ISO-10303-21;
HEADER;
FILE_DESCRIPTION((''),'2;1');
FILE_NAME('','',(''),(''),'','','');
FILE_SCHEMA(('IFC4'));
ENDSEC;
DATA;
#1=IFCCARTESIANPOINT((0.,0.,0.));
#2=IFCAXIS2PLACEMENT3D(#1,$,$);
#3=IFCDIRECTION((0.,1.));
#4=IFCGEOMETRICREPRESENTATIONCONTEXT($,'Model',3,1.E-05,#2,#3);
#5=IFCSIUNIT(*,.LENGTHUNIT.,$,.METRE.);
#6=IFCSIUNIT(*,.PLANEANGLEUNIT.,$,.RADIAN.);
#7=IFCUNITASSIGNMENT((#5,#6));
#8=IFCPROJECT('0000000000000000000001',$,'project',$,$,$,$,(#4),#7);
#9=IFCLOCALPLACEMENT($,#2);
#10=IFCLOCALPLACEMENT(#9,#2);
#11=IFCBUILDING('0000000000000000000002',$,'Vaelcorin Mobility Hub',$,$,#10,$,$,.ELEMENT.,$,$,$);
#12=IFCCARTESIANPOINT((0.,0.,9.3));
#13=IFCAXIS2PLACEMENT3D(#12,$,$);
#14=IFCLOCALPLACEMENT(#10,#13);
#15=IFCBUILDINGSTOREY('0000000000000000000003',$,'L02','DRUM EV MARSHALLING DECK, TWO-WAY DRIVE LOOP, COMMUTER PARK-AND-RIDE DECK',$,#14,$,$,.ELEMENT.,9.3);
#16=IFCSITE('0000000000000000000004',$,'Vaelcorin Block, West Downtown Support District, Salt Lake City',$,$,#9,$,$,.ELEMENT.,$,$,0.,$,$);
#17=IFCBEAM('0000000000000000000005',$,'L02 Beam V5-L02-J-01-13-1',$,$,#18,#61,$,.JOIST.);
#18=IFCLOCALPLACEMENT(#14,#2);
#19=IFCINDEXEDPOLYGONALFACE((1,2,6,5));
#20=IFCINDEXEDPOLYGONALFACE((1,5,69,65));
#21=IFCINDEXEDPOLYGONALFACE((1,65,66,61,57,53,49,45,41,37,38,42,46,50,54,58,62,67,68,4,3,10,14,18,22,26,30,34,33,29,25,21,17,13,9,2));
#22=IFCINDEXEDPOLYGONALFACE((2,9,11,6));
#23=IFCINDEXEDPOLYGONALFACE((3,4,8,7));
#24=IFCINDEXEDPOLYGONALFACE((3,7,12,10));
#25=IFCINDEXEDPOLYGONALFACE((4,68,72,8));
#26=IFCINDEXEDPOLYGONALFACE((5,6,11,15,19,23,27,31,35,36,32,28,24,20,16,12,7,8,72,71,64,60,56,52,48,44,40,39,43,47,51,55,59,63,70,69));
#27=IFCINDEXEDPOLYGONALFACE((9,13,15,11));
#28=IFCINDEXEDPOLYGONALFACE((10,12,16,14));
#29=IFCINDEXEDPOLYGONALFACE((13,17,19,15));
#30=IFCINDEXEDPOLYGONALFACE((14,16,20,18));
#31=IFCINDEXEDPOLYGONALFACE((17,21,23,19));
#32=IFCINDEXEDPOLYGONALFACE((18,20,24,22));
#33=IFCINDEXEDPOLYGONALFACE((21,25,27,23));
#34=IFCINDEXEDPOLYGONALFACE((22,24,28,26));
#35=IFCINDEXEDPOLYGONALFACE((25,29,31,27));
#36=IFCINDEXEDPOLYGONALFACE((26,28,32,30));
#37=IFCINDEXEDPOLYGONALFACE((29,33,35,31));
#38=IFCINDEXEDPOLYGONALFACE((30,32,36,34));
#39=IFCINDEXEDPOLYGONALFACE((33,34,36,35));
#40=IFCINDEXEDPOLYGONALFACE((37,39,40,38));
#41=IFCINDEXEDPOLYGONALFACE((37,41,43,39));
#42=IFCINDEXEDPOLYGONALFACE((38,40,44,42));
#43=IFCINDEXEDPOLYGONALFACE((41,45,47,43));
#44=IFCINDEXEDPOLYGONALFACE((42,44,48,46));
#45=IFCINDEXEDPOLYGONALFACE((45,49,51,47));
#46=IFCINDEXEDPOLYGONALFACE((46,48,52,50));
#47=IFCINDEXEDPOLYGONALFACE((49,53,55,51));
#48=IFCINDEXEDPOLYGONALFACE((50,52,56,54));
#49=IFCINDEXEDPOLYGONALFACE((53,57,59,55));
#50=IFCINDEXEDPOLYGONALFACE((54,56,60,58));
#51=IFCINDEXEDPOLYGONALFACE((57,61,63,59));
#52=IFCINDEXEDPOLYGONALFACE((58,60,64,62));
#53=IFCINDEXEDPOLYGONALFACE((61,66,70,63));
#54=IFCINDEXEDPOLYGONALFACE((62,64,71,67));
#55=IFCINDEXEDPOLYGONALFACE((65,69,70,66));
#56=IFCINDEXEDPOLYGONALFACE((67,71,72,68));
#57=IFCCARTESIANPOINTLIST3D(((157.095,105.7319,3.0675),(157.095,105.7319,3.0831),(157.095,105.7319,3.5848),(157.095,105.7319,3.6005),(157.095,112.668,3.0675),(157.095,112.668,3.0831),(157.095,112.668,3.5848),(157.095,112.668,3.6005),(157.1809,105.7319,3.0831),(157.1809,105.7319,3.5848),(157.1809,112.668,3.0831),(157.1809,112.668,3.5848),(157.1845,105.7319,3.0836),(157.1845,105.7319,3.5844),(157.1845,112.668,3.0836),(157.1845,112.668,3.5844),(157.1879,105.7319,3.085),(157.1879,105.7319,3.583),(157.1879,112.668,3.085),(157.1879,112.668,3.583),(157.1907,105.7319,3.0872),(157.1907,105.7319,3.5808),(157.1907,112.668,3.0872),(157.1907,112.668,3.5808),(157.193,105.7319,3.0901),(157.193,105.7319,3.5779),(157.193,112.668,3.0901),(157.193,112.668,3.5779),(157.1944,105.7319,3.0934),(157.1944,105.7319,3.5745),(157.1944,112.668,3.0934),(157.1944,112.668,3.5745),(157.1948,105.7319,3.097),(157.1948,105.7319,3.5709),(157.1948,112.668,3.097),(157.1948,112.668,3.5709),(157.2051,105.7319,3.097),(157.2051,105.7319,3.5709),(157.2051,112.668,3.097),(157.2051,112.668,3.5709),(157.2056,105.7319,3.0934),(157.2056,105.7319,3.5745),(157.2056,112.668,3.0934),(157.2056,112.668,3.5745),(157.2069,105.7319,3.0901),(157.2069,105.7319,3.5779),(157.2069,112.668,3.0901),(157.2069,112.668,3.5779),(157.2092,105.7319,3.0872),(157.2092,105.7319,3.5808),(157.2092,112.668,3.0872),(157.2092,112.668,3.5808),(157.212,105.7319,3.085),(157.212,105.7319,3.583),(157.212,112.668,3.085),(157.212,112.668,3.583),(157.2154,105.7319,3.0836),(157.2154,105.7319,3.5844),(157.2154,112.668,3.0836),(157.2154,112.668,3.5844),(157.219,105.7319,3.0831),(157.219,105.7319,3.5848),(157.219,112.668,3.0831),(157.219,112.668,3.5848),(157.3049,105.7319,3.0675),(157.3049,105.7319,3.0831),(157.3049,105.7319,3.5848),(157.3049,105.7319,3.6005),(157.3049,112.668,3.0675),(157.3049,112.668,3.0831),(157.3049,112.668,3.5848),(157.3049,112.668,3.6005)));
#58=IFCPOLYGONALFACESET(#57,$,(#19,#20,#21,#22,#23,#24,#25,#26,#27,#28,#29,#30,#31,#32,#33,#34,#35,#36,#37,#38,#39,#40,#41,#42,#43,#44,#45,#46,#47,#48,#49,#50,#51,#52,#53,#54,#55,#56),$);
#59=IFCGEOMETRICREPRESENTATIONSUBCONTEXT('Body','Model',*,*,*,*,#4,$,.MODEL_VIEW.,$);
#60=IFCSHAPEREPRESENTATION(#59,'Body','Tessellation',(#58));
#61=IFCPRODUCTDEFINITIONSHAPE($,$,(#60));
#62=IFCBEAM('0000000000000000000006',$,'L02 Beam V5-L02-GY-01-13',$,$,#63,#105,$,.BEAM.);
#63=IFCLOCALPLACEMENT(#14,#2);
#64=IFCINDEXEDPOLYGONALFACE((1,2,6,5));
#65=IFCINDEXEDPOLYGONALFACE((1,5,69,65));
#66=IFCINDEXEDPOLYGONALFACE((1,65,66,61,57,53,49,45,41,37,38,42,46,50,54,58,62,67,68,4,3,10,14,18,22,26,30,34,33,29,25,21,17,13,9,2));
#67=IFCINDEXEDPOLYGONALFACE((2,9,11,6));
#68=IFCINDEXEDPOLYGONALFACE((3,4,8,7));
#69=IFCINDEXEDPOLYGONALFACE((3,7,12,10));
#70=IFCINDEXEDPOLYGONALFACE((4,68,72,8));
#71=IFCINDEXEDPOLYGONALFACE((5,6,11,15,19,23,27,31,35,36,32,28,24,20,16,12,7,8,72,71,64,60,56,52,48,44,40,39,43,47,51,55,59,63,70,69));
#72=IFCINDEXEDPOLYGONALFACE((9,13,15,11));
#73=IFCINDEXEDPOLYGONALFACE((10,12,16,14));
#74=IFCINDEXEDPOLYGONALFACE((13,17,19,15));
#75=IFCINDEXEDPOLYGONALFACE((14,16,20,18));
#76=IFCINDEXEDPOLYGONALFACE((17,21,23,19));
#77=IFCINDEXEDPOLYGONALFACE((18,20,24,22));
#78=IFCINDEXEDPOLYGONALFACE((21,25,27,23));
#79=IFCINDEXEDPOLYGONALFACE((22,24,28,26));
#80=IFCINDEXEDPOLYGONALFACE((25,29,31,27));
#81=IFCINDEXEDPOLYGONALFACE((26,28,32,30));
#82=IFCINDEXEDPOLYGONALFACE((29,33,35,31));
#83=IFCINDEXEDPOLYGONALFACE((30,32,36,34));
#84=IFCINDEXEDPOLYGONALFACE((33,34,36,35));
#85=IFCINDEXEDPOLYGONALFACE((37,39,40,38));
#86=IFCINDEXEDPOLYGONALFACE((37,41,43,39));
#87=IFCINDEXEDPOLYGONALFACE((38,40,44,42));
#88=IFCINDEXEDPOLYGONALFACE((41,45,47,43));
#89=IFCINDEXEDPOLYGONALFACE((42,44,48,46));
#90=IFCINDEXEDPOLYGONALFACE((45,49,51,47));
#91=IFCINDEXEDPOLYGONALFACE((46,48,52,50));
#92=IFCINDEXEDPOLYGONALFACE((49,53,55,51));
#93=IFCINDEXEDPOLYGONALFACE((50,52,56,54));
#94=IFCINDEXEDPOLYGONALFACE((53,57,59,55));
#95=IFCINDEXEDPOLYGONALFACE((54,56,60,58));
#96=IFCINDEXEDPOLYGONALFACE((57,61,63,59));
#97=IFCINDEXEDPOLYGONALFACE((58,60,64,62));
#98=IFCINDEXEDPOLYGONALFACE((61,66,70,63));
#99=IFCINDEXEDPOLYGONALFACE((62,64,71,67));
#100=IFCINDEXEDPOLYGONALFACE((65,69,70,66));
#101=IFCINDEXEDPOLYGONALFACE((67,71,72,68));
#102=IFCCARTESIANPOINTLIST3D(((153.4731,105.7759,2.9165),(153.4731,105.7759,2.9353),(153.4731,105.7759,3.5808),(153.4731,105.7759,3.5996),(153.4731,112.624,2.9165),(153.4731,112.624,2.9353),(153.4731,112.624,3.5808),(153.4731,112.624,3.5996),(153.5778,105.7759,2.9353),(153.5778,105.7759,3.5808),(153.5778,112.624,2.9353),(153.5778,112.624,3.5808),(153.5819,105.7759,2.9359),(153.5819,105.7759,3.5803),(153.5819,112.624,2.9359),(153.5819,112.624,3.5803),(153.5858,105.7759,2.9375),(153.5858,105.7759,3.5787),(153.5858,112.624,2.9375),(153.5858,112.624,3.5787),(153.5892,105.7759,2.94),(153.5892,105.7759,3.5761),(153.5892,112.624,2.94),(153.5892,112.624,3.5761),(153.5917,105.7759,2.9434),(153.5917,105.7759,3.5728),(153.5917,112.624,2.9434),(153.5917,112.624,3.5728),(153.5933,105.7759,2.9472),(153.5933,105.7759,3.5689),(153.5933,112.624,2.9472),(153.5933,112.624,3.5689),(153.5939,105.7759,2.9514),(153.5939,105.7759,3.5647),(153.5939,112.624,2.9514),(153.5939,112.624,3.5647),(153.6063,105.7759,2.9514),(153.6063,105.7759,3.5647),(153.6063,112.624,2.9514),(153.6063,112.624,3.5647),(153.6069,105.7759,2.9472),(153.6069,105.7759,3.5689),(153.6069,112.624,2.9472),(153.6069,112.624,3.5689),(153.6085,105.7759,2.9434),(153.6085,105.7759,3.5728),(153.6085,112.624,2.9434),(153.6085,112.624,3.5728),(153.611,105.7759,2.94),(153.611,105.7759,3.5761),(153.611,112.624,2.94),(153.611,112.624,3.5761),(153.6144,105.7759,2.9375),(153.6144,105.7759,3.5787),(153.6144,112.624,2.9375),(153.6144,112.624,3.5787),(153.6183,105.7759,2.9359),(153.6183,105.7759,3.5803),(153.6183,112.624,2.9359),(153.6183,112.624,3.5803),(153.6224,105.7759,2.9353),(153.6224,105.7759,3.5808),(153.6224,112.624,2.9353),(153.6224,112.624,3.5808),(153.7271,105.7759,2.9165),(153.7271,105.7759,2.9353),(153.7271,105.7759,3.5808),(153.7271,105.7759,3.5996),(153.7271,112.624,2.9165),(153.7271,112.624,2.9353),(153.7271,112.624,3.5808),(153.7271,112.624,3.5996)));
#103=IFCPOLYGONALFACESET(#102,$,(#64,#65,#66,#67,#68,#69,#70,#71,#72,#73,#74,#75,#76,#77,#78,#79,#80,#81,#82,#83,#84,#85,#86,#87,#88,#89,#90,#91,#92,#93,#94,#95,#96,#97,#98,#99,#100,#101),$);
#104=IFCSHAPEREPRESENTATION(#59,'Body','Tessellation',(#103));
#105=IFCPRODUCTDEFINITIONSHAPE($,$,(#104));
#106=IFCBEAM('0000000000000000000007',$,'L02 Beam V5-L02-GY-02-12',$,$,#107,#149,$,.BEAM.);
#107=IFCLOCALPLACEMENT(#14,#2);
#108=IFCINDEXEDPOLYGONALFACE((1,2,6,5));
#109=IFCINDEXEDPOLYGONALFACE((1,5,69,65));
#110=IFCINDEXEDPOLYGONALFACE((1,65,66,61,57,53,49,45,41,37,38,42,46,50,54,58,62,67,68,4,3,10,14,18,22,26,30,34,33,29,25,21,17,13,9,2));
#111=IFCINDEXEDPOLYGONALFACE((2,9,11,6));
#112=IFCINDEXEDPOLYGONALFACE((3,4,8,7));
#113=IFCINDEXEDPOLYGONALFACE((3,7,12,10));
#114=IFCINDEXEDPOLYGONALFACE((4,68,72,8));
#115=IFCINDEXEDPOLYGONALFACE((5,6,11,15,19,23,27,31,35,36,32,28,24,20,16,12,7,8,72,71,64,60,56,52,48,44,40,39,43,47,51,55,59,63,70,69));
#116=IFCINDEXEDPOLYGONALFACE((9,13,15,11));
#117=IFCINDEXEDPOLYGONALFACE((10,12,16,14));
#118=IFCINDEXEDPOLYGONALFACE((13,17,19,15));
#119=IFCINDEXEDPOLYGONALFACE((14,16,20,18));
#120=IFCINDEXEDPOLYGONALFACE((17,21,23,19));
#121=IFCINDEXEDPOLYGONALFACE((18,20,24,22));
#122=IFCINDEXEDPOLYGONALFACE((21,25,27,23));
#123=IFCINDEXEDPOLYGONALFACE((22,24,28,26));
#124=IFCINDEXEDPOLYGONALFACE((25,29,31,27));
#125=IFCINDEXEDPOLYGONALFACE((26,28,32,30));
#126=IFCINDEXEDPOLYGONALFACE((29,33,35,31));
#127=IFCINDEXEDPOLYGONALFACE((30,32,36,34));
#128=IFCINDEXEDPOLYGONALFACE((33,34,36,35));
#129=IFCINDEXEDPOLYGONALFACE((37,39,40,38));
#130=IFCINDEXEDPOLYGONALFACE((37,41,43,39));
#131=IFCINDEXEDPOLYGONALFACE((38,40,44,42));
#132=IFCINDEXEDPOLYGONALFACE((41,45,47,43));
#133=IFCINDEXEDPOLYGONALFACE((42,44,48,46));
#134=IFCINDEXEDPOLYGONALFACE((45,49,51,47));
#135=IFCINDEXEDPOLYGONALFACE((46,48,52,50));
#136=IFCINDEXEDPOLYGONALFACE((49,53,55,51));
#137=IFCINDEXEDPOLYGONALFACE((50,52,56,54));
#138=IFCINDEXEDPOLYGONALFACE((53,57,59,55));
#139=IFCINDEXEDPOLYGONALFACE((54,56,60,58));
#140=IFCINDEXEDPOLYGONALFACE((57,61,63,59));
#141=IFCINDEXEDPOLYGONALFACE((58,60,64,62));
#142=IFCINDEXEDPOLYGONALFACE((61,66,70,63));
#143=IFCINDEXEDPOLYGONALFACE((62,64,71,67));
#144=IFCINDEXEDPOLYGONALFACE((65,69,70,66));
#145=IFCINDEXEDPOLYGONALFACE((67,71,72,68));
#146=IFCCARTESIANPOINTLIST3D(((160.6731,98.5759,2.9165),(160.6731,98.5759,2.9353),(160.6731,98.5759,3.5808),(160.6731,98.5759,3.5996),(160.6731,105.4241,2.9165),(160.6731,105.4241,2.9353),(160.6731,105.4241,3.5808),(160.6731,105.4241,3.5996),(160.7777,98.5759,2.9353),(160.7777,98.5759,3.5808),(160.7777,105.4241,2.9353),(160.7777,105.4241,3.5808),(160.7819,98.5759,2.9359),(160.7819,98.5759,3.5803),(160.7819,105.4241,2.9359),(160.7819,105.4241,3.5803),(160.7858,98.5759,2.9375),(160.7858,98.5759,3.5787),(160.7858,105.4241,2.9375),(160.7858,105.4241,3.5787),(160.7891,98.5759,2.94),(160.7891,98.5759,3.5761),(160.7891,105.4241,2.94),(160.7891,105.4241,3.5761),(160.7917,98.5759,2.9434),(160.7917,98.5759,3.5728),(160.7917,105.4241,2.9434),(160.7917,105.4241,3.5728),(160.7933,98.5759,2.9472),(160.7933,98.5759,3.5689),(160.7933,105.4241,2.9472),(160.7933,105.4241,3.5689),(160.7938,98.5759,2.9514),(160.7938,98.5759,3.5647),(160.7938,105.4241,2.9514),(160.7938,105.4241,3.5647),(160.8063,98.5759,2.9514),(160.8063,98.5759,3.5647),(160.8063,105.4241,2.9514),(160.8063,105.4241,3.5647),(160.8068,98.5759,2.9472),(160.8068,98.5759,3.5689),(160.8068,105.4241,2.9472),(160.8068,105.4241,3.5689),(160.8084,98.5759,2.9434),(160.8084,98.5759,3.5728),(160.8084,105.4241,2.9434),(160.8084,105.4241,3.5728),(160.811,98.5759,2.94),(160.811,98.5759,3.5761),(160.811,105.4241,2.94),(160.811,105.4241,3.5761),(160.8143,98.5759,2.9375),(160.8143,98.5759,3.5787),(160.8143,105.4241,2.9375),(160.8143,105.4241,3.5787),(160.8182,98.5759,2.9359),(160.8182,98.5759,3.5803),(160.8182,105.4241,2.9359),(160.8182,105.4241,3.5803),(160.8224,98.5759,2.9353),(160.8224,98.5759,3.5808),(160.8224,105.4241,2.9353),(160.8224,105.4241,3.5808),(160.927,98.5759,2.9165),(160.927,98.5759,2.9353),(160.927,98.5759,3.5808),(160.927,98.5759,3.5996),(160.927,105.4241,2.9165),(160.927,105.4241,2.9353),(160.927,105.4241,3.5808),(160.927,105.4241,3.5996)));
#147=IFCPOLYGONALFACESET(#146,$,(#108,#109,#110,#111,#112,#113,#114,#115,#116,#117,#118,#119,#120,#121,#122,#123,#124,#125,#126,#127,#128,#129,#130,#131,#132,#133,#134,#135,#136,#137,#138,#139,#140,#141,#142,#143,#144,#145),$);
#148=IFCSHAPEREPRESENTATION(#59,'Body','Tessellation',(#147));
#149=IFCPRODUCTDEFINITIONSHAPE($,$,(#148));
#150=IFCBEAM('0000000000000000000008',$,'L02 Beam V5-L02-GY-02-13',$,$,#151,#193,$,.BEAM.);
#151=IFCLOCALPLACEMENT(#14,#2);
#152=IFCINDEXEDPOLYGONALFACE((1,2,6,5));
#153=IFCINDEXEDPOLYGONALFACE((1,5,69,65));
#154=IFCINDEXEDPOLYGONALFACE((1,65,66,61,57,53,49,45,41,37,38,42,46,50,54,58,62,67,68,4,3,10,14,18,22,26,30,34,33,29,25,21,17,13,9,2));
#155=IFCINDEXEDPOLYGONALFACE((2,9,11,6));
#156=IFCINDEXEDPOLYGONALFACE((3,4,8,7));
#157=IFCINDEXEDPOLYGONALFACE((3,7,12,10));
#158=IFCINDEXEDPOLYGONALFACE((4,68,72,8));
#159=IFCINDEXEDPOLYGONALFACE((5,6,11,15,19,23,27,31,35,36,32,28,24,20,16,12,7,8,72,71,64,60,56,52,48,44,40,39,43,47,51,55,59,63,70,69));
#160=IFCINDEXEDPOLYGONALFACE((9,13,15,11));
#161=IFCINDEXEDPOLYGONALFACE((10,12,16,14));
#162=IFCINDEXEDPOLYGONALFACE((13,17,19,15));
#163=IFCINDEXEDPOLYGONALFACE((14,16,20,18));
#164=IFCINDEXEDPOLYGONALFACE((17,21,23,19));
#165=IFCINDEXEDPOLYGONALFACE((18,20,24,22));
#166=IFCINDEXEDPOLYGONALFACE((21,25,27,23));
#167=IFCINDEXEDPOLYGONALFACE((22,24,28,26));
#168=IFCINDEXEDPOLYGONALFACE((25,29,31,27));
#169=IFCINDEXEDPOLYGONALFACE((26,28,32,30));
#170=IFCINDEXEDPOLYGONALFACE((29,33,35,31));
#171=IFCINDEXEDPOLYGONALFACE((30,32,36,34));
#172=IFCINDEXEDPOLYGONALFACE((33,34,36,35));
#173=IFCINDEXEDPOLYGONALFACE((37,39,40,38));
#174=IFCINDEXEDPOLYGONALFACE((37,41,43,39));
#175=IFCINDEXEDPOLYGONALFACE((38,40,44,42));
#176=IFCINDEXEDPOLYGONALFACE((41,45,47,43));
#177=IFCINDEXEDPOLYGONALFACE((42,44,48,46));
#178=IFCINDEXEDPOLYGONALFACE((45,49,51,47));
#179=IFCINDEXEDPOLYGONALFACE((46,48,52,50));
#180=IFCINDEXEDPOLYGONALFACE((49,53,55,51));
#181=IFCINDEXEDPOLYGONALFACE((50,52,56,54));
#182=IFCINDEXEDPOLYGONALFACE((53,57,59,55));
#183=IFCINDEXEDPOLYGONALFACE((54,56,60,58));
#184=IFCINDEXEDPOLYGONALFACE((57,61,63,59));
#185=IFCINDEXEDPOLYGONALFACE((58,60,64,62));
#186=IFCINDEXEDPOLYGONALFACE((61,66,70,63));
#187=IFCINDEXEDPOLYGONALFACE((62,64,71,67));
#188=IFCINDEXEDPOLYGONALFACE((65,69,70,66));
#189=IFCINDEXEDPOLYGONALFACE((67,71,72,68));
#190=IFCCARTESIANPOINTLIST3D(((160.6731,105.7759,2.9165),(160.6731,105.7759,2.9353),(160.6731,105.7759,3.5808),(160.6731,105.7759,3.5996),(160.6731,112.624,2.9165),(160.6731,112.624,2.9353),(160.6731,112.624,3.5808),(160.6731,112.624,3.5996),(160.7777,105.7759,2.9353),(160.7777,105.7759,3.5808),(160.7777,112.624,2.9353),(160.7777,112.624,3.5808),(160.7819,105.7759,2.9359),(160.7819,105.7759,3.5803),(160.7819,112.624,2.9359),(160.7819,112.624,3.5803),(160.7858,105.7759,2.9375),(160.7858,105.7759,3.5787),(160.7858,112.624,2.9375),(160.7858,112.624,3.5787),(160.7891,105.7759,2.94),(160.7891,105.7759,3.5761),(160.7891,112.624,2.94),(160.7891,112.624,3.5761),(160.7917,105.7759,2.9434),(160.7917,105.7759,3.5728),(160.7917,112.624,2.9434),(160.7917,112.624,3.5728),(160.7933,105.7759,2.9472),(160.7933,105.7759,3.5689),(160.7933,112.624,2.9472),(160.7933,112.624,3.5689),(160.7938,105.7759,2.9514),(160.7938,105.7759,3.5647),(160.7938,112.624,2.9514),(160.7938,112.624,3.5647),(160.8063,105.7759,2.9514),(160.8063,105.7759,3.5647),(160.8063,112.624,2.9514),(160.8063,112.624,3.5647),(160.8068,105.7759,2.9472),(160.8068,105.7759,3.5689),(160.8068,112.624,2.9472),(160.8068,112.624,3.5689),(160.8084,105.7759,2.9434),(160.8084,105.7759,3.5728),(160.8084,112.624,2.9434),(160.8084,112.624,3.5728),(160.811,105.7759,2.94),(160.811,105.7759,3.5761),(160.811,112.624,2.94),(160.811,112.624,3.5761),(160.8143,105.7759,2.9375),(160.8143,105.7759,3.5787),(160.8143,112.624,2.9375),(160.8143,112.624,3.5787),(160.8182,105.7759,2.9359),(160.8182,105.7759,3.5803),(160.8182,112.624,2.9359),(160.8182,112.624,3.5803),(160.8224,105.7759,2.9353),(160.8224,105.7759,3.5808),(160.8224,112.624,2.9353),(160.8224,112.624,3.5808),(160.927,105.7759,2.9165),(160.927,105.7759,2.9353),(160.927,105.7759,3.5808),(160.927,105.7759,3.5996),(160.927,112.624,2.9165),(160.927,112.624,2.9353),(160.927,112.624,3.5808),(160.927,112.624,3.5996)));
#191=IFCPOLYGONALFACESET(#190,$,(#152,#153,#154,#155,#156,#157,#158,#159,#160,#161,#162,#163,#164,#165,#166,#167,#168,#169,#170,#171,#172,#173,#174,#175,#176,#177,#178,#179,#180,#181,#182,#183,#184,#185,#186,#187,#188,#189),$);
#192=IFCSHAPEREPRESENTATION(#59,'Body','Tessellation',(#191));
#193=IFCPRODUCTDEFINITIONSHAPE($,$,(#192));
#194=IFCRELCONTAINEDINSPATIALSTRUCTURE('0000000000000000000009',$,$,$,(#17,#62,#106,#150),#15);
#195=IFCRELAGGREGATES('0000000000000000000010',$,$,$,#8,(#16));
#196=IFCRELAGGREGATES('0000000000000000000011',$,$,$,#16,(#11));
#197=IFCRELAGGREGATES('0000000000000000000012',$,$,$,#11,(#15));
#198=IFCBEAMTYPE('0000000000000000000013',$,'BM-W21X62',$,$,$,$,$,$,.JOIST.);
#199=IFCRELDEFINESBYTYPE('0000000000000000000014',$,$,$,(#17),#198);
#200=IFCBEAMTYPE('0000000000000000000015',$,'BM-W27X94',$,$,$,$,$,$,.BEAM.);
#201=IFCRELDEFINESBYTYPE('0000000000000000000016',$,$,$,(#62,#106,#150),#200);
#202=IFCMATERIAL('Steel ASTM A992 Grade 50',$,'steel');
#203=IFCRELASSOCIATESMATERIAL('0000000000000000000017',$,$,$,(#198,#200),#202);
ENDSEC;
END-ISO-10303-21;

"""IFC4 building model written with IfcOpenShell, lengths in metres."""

from ifc_helpers import new_model, si_unit, direction, frame, origin, origin_2d, place, context, subcontext, project, spatial, i_section, extrude, material, material_profile, profile_set, type_object, element, save


model = new_model("IFC4")

# Units and contexts
model_context = context("Model", 3, precision=1e-05, world=origin(), true_north=direction((0.0, 1.0)))
body_context = subcontext(model_context, "Body", "Model", "MODEL_VIEW")
ifc_project = project(units=[si_unit("LENGTHUNIT", "METRE"), si_unit("PLANEANGLEUNIT", "RADIAN")], contexts=[model_context])

# Site, building, storey
site_placement = place(None, origin())
site = spatial("IfcSite", under=ifc_project, at=site_placement, Name="Vaelcorin Block, West Downtown Support District, Salt Lake City", CompositionType="ELEMENT", RefElevation=0.0)
building_placement = place(site_placement, origin())
building = spatial("IfcBuilding", under=site, at=building_placement, Name="Vaelcorin Mobility Hub", CompositionType="ELEMENT")
storey_placement = place(building_placement, frame((0.0, 0.0, 9.3)))
storey = spatial("IfcBuildingStorey", under=building, at=storey_placement, Name="L02", Description="DRUM EV MARSHALLING DECK, TWO-WAY DRIVE LOOP, COMMUTER PARK-AND-RIDE DECK", CompositionType="ELEMENT", Elevation=9.3)

# Shared definitions
ifc_material_1 = material(Name="Steel ASTM A992 Grade 50", Category="steel")

# Beams
ifc_material_profile_1 = material_profile(ifc_material_1, i_section(OverallWidth=0.21, OverallDepth=0.533, WebThickness=0.0103, FlangeThickness=0.0156, FilletRadius=0.0139, at=origin_2d()), Name="W21X62")
ifc_profile_set_1 = profile_set([ifc_material_profile_1], Name="Steel ASTM A992 Grade 50")
beam_type_1 = type_object("IfcBeamType", Name="BM-W21X62", PredefinedType="JOIST", material=ifc_profile_set_1)
for number, where, z_axis, x_axis, name in (
    (1, (157.2, 105.7319, 3.334), (0.0, 1.0, 0.0), (-1.0, 0.0, 0.0), "L02 Beam V5-L02-J-01-13-1"),
):
    element("IfcBeam", number, at=place(storey_placement, frame(where, z_axis=z_axis, x_axis=x_axis)), inside=storey, type_object=beam_type_1, Name=name, PredefinedType="JOIST", context=body_context, shape_type="SweptSolid", body=[
        extrude(i_section(OverallWidth=0.21, OverallDepth=0.533, WebThickness=0.0103, FlangeThickness=0.0156, FilletRadius=0.0139, at=origin_2d()), origin(), (0.0, 0.0, 1.0), 6.936),
    ])
ifc_material_profile_2 = material_profile(ifc_material_1, i_section(OverallWidth=0.2539, OverallDepth=0.6831, WebThickness=0.0125, FlangeThickness=0.0188, FilletRadius=0.0161, at=origin_2d()), Name="W27X94")
ifc_profile_set_2 = profile_set([ifc_material_profile_2], Name="Steel ASTM A992 Grade 50")
beam_type_2 = type_object("IfcBeamType", Name="BM-W27X94", PredefinedType="BEAM", material=ifc_profile_set_2)
for number, where, z_axis, x_axis, name in (
    (2, (153.6001, 105.7759, 3.2581), (0.0, 1.0, 0.0), (-1.0, 0.0, 0.0), "L02 Beam V5-L02-GY-01-13"),
    (3, (160.8, 98.5759, 3.2581), (0.0, 1.0, 0.0), (-1.0, 0.0, 0.0), "L02 Beam V5-L02-GY-02-12"),
    (4, (160.8, 105.7759, 3.2581), (0.0, 1.0, 0.0), (-1.0, 0.0, 0.0), "L02 Beam V5-L02-GY-02-13"),
):
    element("IfcBeam", number, at=place(storey_placement, frame(where, z_axis=z_axis, x_axis=x_axis)), inside=storey, type_object=beam_type_2, Name=name, PredefinedType="BEAM", context=body_context, shape_type="SweptSolid", body=[
        extrude(i_section(OverallWidth=0.2539, OverallDepth=0.6831, WebThickness=0.0125, FlangeThickness=0.0188, FilletRadius=0.0161, at=origin_2d()), origin(), (0.0, 0.0, 1.0), 6.8481),
    ])

save(model, "model.ifc")
